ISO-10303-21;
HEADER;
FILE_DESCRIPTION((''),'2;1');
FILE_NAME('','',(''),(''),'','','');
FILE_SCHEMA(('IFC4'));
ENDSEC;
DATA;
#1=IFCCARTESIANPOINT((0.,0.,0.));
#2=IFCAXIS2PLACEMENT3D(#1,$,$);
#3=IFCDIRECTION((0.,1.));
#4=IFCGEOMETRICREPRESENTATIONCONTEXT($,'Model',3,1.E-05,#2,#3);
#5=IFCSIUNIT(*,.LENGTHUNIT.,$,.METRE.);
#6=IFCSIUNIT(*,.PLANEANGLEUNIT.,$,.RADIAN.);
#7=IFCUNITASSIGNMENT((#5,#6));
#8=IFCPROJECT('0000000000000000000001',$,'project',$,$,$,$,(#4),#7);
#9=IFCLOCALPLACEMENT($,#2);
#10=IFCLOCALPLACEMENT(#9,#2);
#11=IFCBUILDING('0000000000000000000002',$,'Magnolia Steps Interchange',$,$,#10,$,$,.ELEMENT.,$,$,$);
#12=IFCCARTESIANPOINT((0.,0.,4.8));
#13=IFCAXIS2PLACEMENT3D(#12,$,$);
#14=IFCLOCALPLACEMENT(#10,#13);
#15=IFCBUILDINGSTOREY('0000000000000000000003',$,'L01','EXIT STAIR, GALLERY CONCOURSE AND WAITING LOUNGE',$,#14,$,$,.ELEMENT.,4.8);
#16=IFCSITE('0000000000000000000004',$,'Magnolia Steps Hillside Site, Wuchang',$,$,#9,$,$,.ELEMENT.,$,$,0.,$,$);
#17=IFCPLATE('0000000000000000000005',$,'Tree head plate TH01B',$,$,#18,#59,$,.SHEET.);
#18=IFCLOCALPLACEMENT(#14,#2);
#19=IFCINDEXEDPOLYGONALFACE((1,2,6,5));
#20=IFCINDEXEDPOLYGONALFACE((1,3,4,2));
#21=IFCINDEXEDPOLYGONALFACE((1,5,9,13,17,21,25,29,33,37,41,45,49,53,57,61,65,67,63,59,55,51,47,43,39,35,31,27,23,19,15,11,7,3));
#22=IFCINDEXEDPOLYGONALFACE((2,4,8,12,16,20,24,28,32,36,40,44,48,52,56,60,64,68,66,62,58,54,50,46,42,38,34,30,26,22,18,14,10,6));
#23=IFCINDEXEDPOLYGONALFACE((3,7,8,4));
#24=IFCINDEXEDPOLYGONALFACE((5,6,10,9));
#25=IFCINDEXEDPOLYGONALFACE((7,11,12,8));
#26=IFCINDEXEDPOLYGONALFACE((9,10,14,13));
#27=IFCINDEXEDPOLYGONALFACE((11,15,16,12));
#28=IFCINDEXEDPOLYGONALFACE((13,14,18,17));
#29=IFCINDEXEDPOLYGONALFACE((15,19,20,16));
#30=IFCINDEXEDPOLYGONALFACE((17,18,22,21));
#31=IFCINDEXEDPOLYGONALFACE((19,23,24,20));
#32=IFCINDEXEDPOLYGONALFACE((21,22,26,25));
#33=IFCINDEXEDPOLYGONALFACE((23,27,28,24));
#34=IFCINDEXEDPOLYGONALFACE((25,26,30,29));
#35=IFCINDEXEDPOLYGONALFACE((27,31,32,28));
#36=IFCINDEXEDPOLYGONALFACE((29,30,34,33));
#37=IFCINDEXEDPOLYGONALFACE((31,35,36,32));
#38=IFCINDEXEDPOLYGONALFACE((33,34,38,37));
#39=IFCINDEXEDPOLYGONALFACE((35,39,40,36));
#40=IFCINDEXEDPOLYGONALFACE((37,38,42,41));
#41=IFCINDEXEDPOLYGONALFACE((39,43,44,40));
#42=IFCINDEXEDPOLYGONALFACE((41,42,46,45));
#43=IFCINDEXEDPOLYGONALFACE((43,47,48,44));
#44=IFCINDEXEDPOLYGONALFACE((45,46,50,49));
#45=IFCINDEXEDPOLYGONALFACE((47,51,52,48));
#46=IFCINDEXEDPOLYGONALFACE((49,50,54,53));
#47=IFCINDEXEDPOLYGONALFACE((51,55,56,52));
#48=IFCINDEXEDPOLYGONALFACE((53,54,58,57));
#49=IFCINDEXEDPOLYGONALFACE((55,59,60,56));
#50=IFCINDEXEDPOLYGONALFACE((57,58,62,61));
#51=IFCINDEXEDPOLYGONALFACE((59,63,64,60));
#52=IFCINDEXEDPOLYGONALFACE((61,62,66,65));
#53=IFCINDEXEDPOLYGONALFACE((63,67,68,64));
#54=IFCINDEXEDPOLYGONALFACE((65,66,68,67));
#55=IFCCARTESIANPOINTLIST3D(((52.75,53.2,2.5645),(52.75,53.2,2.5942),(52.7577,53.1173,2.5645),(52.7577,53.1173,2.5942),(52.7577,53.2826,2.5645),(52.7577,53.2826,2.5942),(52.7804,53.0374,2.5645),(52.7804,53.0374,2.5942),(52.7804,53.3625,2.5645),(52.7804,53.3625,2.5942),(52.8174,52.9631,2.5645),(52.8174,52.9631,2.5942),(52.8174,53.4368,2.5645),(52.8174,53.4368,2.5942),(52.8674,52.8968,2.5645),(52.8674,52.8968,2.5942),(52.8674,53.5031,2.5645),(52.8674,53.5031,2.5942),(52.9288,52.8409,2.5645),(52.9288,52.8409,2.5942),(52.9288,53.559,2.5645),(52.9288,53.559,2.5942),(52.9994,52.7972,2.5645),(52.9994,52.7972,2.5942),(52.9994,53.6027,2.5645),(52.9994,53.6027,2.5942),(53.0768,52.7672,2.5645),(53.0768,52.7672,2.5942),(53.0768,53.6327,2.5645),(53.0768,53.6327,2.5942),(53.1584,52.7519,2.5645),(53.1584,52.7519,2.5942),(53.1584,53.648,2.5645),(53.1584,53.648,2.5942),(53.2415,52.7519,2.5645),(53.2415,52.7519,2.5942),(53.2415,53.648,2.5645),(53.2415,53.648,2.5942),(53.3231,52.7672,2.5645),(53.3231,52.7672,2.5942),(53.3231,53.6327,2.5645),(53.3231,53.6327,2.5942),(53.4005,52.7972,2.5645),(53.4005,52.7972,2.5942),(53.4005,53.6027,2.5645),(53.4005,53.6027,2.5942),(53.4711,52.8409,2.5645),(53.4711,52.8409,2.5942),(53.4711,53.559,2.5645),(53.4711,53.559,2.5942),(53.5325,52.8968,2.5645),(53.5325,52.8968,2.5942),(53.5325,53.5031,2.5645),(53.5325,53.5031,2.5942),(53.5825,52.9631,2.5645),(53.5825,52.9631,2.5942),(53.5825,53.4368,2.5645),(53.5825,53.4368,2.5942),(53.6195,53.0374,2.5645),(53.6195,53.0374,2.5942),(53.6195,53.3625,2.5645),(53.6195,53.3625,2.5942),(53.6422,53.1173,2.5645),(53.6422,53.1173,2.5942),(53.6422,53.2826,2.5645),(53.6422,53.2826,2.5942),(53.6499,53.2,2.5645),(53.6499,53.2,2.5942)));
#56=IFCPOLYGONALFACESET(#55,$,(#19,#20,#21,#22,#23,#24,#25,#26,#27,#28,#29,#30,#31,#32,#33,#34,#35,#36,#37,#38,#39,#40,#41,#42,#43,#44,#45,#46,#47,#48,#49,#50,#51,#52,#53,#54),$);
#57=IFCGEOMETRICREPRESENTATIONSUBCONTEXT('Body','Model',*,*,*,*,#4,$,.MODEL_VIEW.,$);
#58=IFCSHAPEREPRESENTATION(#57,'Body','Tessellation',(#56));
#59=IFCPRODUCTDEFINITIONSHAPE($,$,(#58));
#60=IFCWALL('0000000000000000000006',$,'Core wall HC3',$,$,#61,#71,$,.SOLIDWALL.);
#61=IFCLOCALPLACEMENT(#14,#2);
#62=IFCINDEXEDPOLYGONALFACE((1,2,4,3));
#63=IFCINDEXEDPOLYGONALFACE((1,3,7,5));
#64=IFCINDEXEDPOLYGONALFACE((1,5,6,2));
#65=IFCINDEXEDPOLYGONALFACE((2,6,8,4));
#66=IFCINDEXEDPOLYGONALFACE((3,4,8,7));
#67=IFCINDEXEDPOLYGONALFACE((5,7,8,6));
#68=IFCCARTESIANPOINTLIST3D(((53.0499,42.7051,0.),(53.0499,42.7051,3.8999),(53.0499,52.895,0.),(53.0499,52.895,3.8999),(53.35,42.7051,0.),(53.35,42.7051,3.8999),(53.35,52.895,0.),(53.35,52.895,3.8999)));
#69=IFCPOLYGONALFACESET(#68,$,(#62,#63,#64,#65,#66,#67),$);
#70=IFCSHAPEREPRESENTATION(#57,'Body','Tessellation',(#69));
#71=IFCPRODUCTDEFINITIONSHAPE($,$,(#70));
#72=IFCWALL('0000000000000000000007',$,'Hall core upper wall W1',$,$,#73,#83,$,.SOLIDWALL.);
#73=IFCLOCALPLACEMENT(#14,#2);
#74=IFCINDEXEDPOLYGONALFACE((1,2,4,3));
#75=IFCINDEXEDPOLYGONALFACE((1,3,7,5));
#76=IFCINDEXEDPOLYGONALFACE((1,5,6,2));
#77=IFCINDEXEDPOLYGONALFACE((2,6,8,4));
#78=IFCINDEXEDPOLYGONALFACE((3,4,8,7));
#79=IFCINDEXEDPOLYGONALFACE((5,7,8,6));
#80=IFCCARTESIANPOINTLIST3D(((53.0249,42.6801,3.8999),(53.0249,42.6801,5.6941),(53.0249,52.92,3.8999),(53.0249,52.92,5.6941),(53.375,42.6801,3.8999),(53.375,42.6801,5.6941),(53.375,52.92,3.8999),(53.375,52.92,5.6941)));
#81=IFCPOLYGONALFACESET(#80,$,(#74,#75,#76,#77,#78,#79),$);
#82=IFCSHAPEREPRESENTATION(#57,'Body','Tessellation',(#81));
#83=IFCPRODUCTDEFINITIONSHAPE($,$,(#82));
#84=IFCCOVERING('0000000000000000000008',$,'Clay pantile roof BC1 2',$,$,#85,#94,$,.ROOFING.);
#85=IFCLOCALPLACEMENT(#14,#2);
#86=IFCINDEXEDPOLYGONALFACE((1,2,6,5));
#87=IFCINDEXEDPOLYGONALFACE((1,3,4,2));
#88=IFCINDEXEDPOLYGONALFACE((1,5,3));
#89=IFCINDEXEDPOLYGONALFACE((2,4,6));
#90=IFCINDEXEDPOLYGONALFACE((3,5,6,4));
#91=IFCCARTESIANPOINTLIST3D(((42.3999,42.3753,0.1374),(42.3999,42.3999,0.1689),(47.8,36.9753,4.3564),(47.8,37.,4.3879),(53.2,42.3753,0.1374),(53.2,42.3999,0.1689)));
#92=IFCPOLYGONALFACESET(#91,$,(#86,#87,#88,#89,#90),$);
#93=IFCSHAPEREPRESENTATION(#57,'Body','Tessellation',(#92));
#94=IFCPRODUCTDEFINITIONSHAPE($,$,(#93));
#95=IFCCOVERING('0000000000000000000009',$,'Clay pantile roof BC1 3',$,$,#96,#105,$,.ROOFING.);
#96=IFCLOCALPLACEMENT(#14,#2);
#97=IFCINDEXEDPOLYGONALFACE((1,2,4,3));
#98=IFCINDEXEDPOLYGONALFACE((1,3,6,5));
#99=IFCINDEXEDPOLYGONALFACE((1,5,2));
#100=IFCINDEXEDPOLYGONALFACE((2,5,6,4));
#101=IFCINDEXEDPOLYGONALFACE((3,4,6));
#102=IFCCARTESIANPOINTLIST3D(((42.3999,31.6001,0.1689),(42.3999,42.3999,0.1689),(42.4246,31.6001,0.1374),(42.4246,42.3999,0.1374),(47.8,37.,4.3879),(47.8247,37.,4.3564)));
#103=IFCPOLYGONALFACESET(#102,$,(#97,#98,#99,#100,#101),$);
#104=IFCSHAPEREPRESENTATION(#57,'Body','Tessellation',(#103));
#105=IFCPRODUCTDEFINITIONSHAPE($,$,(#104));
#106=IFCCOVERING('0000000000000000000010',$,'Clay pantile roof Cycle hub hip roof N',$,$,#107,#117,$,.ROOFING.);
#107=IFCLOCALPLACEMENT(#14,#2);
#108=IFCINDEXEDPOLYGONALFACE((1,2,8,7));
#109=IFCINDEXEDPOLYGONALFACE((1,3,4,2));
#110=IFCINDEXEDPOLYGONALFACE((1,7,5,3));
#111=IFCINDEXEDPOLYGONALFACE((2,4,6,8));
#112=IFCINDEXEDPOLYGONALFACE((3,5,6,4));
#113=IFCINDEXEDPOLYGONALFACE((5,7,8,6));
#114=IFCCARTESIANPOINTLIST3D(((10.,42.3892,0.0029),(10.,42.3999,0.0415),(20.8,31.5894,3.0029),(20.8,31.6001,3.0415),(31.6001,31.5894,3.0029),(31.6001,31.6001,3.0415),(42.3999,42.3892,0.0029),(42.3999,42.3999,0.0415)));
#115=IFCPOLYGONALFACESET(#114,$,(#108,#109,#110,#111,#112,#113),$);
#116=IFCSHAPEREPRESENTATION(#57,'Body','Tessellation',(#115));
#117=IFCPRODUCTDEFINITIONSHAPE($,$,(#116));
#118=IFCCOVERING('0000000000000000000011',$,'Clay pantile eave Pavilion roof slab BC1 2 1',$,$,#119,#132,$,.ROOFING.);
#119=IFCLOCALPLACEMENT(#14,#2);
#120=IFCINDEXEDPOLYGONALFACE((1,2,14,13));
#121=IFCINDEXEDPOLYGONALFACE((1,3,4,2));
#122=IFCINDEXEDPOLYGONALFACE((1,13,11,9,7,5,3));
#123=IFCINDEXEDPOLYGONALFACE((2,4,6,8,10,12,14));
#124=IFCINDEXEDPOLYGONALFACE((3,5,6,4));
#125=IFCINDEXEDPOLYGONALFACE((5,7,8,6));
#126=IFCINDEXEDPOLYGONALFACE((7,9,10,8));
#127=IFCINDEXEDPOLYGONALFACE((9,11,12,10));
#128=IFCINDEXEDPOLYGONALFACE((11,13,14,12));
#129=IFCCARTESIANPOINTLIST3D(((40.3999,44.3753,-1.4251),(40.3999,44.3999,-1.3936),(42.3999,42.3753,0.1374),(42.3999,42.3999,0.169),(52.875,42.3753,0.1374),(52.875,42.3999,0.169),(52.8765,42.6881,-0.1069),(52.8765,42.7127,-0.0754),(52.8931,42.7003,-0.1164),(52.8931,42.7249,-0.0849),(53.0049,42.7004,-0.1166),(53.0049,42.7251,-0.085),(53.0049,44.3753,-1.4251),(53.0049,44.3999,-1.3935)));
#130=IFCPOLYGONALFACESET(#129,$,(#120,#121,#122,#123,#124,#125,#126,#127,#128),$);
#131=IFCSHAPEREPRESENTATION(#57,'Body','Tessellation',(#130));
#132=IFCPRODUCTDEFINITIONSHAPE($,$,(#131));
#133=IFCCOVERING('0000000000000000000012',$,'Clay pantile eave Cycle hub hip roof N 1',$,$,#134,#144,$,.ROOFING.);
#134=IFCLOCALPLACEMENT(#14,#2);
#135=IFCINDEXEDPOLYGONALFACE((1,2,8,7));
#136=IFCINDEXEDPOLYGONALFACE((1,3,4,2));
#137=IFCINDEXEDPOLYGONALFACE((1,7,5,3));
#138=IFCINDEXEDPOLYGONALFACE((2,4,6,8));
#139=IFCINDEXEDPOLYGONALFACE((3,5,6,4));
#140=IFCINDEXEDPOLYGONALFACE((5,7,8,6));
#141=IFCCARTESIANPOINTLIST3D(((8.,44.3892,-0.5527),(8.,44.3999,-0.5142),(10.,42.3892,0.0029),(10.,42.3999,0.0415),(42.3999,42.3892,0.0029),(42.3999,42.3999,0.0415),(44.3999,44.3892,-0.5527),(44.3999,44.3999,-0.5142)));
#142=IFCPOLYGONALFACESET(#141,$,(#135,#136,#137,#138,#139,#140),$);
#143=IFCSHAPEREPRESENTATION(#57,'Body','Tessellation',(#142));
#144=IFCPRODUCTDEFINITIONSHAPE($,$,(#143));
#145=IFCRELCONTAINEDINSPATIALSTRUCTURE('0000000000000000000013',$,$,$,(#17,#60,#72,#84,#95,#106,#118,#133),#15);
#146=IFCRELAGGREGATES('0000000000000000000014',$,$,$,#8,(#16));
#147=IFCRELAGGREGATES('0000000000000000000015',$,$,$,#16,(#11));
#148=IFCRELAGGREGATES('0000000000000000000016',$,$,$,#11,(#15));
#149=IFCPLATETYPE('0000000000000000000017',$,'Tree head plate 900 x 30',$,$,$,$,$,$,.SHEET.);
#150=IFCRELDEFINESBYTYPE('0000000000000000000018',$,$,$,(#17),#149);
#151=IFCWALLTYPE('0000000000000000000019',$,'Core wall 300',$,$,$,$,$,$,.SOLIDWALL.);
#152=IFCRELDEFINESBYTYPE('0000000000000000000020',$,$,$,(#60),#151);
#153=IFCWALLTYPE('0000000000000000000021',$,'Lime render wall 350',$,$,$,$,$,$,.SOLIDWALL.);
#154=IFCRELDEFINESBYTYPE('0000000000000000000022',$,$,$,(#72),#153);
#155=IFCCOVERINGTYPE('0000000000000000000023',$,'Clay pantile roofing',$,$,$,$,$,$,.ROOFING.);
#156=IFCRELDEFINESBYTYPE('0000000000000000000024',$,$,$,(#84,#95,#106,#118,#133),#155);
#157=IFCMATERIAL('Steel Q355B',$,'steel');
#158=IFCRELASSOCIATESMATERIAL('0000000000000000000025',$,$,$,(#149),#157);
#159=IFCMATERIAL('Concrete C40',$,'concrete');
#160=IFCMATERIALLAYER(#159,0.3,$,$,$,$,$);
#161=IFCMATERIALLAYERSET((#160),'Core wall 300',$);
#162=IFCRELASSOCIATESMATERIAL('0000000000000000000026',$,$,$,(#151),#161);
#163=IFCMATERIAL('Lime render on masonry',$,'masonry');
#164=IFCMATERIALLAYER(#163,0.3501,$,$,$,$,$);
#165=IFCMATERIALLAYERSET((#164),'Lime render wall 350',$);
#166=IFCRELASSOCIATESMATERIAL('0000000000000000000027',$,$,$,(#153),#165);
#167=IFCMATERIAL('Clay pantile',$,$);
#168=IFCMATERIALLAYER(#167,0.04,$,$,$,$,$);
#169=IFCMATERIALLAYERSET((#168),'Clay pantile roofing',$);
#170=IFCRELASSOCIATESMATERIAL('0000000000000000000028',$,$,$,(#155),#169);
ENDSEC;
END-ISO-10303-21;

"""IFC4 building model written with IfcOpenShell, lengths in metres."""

from ifc_helpers import new_model, si_unit, direction, frame, frame_2d, origin, origin_2d, place, context, subcontext, project, spatial, polyline, rectangle, circle, outline, extrude, material, layer, layer_set, material_profile, profile_set, type_object, element, save


model = new_model("IFC4")

# Units and contexts
model_context = context("Model", 3, precision=1e-05, world=origin(), true_north=direction((0.0, 1.0)))
body_context = subcontext(model_context, "Body", "Model", "MODEL_VIEW")
ifc_project = project(units=[si_unit("LENGTHUNIT", "METRE"), si_unit("PLANEANGLEUNIT", "RADIAN")], contexts=[model_context])

# Site, building, storey
site_placement = place(None, origin())
site = spatial("IfcSite", under=ifc_project, at=site_placement, Name="Magnolia Steps Hillside Site, Wuchang", CompositionType="ELEMENT", RefElevation=0.0)
building_placement = place(site_placement, origin())
building = spatial("IfcBuilding", under=site, at=building_placement, Name="Magnolia Steps Interchange", CompositionType="ELEMENT")
storey_placement = place(building_placement, frame((0.0, 0.0, 4.8)))
storey = spatial("IfcBuildingStorey", under=building, at=storey_placement, Name="L01", Description="EXIT STAIR, GALLERY CONCOURSE AND WAITING LOUNGE", CompositionType="ELEMENT", Elevation=4.8)

# Plate
ifc_material_1 = material(Name="Steel Q355B", Category="steel")
ifc_material_profile_1 = material_profile(ifc_material_1, circle(Radius=0.45, at=origin_2d()), Name="Tree head plate 900 x 30")
ifc_profile_set_1 = profile_set([ifc_material_profile_1], Name="Steel Q355B")
plate_type = type_object("IfcPlateType", Name="Tree head plate 900 x 30", PredefinedType="SHEET", material=ifc_profile_set_1)
plate_1_placement = place(storey_placement, frame((53.2, 53.2, 2.5645), z_axis=(0.0, 0.0, 1.0), x_axis=(1.0, 0.0, 0.0)))
element("IfcPlate", 1, at=plate_1_placement, inside=storey, type_object=plate_type, Name="Tree head plate TH01B", PredefinedType="SHEET", context=body_context, shape_type="SweptSolid", body=[
    extrude(circle(Radius=0.45, at=origin_2d()), origin(), (0.0, 0.0, 1.0), 0.0298),
])

# Walls
ifc_material_2 = material(Name="Concrete C40", Category="concrete")
ifc_layer_1 = layer(ifc_material_2, 0.3)
ifc_layer_set_1 = layer_set([ifc_layer_1], Name="Core wall 300")
wall_type_1 = type_object("IfcWallType", Name="Core wall 300", PredefinedType="SOLIDWALL", material=ifc_layer_set_1)
wall_1_placement = place(storey_placement, frame((53.2, 52.895, 0.0), z_axis=(0.0, 0.0, 1.0), x_axis=(0.0, -1.0, 0.0)))
element("IfcWall", 2, at=wall_1_placement, inside=storey, type_object=wall_type_1, Name="Core wall HC3", PredefinedType="SOLIDWALL", context=body_context, shape_type="SweptSolid", body=[
    extrude(rectangle(XDim=10.1899, YDim=0.3, at=frame_2d((5.095, 0.0))), origin(), (0.0, 0.0, 1.0), 3.8999),
])
ifc_material_3 = material(Name="Lime render on masonry", Category="masonry")
ifc_layer_2 = layer(ifc_material_3, 0.3501)
ifc_layer_set_2 = layer_set([ifc_layer_2], Name="Lime render wall 350")
wall_type_2 = type_object("IfcWallType", Name="Lime render wall 350", PredefinedType="SOLIDWALL", material=ifc_layer_set_2)
wall_2_placement = place(storey_placement, frame((53.2, 42.6799, 3.8999), z_axis=(0.0, 0.0, 1.0), x_axis=(0.0, 1.0, 0.0)))
element("IfcWall", 3, at=wall_2_placement, inside=storey, type_object=wall_type_2, Name="Hall core upper wall W1", PredefinedType="SOLIDWALL", context=body_context, shape_type="SweptSolid", body=[
    extrude(rectangle(XDim=10.24, YDim=0.3501, at=frame_2d((5.1201, 0.0))), origin(), (0.0, 0.0, 1.0), 1.7942),
])

# Coverings
ifc_material_4 = material(Name="Clay pantile")
ifc_layer_3 = layer(ifc_material_4, 0.04)
ifc_layer_set_3 = layer_set([ifc_layer_3], Name="Clay pantile roofing")
covering_type = type_object("IfcCoveringType", Name="Clay pantile roofing", PredefinedType="ROOFING", material=ifc_layer_set_3)
covering_1_placement = place(storey_placement, frame((53.2, 42.3999, 0.1689), z_axis=(0.0, 0.615673, 0.788002), x_axis=(-1.0, 0.0, 0.0)))
element("IfcCovering", 4, at=covering_1_placement, inside=storey, type_object=covering_type, Name="Clay pantile roof BC1 2", PredefinedType="ROOFING", context=body_context, shape_type="SweptSolid", body=[
    extrude(outline(polyline([(0.0, 0.0), (10.8, 0.0), (5.3999, 6.8527), (0.0, 0.0)])), origin(), (0.0, 0.0, -1.0), 0.04),
])
covering_2_placement = place(storey_placement, frame((42.3999, 42.3999, 0.1689), z_axis=(-0.615656, 0.0, 0.788015), x_axis=(0.0, -1.0, 0.0)))
element("IfcCovering", 5, at=covering_2_placement, inside=storey, type_object=covering_type, Name="Clay pantile roof BC1 3", PredefinedType="ROOFING", context=body_context, shape_type="SweptSolid", body=[
    extrude(outline(polyline([(0.0, 0.0), (10.7998, 0.0), (5.3999, 6.8528), (0.0, 0.0)])), origin(), (0.0, 0.0, -1.0), 0.04),
])
covering_3_placement = place(storey_placement, frame((42.3999, 42.3999, 0.0415), z_axis=(0.0, 0.267648, 0.963517), x_axis=(-1.0, 0.0, 0.0)))
element("IfcCovering", 6, at=covering_3_placement, inside=storey, type_object=covering_type, Name="Clay pantile roof Cycle hub hip roof N", PredefinedType="ROOFING", context=body_context, shape_type="SweptSolid", body=[
    extrude(outline(polyline([(0.0, 0.0), (32.3999, 0.0), (21.5999, 11.2087), (10.7998, 11.2087), (0.0, 0.0)])), origin(), (0.0, 0.0, -1.0), 0.04),
])
covering_4_placement = place(storey_placement, frame((40.3999, 44.3999, -1.3936), z_axis=(-0.000004, 0.615644, 0.788024), x_axis=(1.0, 0.000002, 0.000003)))
element("IfcCovering", 7, at=covering_4_placement, inside=storey, type_object=covering_type, Name="Clay pantile eave Pavilion roof slab BC1 2 1", PredefinedType="ROOFING", context=body_context, shape_type="SweptSolid", body=[
    extrude(outline(polyline([(0.0, 0.0), (12.605, 0.0), (12.605, -2.1254), (12.4932, -2.1256), (12.4766, -2.1411), (12.4751, -2.538), (2.0, -2.538), (0.0, 0.0)])), origin(), (0.0, 0.0, -1.0), 0.04),
])
covering_5_placement = place(storey_placement, frame((42.3999, 42.3999, 0.0415), z_axis=(0.0, 0.267692, 0.963504), x_axis=(-1.0, 0.0, 0.0)))
element("IfcCovering", 8, at=covering_5_placement, inside=storey, type_object=covering_type, Name="Clay pantile eave Cycle hub hip roof N 1", PredefinedType="ROOFING", context=body_context, shape_type="SweptSolid", body=[
    extrude(outline(polyline([(0.0, 0.0), (32.3999, 0.0), (34.3999, -2.0758), (-2.0, -2.0758), (0.0, 0.0)])), origin(), (0.0, 0.0, -1.0), 0.04),
])

save(model, "model.ifc")
